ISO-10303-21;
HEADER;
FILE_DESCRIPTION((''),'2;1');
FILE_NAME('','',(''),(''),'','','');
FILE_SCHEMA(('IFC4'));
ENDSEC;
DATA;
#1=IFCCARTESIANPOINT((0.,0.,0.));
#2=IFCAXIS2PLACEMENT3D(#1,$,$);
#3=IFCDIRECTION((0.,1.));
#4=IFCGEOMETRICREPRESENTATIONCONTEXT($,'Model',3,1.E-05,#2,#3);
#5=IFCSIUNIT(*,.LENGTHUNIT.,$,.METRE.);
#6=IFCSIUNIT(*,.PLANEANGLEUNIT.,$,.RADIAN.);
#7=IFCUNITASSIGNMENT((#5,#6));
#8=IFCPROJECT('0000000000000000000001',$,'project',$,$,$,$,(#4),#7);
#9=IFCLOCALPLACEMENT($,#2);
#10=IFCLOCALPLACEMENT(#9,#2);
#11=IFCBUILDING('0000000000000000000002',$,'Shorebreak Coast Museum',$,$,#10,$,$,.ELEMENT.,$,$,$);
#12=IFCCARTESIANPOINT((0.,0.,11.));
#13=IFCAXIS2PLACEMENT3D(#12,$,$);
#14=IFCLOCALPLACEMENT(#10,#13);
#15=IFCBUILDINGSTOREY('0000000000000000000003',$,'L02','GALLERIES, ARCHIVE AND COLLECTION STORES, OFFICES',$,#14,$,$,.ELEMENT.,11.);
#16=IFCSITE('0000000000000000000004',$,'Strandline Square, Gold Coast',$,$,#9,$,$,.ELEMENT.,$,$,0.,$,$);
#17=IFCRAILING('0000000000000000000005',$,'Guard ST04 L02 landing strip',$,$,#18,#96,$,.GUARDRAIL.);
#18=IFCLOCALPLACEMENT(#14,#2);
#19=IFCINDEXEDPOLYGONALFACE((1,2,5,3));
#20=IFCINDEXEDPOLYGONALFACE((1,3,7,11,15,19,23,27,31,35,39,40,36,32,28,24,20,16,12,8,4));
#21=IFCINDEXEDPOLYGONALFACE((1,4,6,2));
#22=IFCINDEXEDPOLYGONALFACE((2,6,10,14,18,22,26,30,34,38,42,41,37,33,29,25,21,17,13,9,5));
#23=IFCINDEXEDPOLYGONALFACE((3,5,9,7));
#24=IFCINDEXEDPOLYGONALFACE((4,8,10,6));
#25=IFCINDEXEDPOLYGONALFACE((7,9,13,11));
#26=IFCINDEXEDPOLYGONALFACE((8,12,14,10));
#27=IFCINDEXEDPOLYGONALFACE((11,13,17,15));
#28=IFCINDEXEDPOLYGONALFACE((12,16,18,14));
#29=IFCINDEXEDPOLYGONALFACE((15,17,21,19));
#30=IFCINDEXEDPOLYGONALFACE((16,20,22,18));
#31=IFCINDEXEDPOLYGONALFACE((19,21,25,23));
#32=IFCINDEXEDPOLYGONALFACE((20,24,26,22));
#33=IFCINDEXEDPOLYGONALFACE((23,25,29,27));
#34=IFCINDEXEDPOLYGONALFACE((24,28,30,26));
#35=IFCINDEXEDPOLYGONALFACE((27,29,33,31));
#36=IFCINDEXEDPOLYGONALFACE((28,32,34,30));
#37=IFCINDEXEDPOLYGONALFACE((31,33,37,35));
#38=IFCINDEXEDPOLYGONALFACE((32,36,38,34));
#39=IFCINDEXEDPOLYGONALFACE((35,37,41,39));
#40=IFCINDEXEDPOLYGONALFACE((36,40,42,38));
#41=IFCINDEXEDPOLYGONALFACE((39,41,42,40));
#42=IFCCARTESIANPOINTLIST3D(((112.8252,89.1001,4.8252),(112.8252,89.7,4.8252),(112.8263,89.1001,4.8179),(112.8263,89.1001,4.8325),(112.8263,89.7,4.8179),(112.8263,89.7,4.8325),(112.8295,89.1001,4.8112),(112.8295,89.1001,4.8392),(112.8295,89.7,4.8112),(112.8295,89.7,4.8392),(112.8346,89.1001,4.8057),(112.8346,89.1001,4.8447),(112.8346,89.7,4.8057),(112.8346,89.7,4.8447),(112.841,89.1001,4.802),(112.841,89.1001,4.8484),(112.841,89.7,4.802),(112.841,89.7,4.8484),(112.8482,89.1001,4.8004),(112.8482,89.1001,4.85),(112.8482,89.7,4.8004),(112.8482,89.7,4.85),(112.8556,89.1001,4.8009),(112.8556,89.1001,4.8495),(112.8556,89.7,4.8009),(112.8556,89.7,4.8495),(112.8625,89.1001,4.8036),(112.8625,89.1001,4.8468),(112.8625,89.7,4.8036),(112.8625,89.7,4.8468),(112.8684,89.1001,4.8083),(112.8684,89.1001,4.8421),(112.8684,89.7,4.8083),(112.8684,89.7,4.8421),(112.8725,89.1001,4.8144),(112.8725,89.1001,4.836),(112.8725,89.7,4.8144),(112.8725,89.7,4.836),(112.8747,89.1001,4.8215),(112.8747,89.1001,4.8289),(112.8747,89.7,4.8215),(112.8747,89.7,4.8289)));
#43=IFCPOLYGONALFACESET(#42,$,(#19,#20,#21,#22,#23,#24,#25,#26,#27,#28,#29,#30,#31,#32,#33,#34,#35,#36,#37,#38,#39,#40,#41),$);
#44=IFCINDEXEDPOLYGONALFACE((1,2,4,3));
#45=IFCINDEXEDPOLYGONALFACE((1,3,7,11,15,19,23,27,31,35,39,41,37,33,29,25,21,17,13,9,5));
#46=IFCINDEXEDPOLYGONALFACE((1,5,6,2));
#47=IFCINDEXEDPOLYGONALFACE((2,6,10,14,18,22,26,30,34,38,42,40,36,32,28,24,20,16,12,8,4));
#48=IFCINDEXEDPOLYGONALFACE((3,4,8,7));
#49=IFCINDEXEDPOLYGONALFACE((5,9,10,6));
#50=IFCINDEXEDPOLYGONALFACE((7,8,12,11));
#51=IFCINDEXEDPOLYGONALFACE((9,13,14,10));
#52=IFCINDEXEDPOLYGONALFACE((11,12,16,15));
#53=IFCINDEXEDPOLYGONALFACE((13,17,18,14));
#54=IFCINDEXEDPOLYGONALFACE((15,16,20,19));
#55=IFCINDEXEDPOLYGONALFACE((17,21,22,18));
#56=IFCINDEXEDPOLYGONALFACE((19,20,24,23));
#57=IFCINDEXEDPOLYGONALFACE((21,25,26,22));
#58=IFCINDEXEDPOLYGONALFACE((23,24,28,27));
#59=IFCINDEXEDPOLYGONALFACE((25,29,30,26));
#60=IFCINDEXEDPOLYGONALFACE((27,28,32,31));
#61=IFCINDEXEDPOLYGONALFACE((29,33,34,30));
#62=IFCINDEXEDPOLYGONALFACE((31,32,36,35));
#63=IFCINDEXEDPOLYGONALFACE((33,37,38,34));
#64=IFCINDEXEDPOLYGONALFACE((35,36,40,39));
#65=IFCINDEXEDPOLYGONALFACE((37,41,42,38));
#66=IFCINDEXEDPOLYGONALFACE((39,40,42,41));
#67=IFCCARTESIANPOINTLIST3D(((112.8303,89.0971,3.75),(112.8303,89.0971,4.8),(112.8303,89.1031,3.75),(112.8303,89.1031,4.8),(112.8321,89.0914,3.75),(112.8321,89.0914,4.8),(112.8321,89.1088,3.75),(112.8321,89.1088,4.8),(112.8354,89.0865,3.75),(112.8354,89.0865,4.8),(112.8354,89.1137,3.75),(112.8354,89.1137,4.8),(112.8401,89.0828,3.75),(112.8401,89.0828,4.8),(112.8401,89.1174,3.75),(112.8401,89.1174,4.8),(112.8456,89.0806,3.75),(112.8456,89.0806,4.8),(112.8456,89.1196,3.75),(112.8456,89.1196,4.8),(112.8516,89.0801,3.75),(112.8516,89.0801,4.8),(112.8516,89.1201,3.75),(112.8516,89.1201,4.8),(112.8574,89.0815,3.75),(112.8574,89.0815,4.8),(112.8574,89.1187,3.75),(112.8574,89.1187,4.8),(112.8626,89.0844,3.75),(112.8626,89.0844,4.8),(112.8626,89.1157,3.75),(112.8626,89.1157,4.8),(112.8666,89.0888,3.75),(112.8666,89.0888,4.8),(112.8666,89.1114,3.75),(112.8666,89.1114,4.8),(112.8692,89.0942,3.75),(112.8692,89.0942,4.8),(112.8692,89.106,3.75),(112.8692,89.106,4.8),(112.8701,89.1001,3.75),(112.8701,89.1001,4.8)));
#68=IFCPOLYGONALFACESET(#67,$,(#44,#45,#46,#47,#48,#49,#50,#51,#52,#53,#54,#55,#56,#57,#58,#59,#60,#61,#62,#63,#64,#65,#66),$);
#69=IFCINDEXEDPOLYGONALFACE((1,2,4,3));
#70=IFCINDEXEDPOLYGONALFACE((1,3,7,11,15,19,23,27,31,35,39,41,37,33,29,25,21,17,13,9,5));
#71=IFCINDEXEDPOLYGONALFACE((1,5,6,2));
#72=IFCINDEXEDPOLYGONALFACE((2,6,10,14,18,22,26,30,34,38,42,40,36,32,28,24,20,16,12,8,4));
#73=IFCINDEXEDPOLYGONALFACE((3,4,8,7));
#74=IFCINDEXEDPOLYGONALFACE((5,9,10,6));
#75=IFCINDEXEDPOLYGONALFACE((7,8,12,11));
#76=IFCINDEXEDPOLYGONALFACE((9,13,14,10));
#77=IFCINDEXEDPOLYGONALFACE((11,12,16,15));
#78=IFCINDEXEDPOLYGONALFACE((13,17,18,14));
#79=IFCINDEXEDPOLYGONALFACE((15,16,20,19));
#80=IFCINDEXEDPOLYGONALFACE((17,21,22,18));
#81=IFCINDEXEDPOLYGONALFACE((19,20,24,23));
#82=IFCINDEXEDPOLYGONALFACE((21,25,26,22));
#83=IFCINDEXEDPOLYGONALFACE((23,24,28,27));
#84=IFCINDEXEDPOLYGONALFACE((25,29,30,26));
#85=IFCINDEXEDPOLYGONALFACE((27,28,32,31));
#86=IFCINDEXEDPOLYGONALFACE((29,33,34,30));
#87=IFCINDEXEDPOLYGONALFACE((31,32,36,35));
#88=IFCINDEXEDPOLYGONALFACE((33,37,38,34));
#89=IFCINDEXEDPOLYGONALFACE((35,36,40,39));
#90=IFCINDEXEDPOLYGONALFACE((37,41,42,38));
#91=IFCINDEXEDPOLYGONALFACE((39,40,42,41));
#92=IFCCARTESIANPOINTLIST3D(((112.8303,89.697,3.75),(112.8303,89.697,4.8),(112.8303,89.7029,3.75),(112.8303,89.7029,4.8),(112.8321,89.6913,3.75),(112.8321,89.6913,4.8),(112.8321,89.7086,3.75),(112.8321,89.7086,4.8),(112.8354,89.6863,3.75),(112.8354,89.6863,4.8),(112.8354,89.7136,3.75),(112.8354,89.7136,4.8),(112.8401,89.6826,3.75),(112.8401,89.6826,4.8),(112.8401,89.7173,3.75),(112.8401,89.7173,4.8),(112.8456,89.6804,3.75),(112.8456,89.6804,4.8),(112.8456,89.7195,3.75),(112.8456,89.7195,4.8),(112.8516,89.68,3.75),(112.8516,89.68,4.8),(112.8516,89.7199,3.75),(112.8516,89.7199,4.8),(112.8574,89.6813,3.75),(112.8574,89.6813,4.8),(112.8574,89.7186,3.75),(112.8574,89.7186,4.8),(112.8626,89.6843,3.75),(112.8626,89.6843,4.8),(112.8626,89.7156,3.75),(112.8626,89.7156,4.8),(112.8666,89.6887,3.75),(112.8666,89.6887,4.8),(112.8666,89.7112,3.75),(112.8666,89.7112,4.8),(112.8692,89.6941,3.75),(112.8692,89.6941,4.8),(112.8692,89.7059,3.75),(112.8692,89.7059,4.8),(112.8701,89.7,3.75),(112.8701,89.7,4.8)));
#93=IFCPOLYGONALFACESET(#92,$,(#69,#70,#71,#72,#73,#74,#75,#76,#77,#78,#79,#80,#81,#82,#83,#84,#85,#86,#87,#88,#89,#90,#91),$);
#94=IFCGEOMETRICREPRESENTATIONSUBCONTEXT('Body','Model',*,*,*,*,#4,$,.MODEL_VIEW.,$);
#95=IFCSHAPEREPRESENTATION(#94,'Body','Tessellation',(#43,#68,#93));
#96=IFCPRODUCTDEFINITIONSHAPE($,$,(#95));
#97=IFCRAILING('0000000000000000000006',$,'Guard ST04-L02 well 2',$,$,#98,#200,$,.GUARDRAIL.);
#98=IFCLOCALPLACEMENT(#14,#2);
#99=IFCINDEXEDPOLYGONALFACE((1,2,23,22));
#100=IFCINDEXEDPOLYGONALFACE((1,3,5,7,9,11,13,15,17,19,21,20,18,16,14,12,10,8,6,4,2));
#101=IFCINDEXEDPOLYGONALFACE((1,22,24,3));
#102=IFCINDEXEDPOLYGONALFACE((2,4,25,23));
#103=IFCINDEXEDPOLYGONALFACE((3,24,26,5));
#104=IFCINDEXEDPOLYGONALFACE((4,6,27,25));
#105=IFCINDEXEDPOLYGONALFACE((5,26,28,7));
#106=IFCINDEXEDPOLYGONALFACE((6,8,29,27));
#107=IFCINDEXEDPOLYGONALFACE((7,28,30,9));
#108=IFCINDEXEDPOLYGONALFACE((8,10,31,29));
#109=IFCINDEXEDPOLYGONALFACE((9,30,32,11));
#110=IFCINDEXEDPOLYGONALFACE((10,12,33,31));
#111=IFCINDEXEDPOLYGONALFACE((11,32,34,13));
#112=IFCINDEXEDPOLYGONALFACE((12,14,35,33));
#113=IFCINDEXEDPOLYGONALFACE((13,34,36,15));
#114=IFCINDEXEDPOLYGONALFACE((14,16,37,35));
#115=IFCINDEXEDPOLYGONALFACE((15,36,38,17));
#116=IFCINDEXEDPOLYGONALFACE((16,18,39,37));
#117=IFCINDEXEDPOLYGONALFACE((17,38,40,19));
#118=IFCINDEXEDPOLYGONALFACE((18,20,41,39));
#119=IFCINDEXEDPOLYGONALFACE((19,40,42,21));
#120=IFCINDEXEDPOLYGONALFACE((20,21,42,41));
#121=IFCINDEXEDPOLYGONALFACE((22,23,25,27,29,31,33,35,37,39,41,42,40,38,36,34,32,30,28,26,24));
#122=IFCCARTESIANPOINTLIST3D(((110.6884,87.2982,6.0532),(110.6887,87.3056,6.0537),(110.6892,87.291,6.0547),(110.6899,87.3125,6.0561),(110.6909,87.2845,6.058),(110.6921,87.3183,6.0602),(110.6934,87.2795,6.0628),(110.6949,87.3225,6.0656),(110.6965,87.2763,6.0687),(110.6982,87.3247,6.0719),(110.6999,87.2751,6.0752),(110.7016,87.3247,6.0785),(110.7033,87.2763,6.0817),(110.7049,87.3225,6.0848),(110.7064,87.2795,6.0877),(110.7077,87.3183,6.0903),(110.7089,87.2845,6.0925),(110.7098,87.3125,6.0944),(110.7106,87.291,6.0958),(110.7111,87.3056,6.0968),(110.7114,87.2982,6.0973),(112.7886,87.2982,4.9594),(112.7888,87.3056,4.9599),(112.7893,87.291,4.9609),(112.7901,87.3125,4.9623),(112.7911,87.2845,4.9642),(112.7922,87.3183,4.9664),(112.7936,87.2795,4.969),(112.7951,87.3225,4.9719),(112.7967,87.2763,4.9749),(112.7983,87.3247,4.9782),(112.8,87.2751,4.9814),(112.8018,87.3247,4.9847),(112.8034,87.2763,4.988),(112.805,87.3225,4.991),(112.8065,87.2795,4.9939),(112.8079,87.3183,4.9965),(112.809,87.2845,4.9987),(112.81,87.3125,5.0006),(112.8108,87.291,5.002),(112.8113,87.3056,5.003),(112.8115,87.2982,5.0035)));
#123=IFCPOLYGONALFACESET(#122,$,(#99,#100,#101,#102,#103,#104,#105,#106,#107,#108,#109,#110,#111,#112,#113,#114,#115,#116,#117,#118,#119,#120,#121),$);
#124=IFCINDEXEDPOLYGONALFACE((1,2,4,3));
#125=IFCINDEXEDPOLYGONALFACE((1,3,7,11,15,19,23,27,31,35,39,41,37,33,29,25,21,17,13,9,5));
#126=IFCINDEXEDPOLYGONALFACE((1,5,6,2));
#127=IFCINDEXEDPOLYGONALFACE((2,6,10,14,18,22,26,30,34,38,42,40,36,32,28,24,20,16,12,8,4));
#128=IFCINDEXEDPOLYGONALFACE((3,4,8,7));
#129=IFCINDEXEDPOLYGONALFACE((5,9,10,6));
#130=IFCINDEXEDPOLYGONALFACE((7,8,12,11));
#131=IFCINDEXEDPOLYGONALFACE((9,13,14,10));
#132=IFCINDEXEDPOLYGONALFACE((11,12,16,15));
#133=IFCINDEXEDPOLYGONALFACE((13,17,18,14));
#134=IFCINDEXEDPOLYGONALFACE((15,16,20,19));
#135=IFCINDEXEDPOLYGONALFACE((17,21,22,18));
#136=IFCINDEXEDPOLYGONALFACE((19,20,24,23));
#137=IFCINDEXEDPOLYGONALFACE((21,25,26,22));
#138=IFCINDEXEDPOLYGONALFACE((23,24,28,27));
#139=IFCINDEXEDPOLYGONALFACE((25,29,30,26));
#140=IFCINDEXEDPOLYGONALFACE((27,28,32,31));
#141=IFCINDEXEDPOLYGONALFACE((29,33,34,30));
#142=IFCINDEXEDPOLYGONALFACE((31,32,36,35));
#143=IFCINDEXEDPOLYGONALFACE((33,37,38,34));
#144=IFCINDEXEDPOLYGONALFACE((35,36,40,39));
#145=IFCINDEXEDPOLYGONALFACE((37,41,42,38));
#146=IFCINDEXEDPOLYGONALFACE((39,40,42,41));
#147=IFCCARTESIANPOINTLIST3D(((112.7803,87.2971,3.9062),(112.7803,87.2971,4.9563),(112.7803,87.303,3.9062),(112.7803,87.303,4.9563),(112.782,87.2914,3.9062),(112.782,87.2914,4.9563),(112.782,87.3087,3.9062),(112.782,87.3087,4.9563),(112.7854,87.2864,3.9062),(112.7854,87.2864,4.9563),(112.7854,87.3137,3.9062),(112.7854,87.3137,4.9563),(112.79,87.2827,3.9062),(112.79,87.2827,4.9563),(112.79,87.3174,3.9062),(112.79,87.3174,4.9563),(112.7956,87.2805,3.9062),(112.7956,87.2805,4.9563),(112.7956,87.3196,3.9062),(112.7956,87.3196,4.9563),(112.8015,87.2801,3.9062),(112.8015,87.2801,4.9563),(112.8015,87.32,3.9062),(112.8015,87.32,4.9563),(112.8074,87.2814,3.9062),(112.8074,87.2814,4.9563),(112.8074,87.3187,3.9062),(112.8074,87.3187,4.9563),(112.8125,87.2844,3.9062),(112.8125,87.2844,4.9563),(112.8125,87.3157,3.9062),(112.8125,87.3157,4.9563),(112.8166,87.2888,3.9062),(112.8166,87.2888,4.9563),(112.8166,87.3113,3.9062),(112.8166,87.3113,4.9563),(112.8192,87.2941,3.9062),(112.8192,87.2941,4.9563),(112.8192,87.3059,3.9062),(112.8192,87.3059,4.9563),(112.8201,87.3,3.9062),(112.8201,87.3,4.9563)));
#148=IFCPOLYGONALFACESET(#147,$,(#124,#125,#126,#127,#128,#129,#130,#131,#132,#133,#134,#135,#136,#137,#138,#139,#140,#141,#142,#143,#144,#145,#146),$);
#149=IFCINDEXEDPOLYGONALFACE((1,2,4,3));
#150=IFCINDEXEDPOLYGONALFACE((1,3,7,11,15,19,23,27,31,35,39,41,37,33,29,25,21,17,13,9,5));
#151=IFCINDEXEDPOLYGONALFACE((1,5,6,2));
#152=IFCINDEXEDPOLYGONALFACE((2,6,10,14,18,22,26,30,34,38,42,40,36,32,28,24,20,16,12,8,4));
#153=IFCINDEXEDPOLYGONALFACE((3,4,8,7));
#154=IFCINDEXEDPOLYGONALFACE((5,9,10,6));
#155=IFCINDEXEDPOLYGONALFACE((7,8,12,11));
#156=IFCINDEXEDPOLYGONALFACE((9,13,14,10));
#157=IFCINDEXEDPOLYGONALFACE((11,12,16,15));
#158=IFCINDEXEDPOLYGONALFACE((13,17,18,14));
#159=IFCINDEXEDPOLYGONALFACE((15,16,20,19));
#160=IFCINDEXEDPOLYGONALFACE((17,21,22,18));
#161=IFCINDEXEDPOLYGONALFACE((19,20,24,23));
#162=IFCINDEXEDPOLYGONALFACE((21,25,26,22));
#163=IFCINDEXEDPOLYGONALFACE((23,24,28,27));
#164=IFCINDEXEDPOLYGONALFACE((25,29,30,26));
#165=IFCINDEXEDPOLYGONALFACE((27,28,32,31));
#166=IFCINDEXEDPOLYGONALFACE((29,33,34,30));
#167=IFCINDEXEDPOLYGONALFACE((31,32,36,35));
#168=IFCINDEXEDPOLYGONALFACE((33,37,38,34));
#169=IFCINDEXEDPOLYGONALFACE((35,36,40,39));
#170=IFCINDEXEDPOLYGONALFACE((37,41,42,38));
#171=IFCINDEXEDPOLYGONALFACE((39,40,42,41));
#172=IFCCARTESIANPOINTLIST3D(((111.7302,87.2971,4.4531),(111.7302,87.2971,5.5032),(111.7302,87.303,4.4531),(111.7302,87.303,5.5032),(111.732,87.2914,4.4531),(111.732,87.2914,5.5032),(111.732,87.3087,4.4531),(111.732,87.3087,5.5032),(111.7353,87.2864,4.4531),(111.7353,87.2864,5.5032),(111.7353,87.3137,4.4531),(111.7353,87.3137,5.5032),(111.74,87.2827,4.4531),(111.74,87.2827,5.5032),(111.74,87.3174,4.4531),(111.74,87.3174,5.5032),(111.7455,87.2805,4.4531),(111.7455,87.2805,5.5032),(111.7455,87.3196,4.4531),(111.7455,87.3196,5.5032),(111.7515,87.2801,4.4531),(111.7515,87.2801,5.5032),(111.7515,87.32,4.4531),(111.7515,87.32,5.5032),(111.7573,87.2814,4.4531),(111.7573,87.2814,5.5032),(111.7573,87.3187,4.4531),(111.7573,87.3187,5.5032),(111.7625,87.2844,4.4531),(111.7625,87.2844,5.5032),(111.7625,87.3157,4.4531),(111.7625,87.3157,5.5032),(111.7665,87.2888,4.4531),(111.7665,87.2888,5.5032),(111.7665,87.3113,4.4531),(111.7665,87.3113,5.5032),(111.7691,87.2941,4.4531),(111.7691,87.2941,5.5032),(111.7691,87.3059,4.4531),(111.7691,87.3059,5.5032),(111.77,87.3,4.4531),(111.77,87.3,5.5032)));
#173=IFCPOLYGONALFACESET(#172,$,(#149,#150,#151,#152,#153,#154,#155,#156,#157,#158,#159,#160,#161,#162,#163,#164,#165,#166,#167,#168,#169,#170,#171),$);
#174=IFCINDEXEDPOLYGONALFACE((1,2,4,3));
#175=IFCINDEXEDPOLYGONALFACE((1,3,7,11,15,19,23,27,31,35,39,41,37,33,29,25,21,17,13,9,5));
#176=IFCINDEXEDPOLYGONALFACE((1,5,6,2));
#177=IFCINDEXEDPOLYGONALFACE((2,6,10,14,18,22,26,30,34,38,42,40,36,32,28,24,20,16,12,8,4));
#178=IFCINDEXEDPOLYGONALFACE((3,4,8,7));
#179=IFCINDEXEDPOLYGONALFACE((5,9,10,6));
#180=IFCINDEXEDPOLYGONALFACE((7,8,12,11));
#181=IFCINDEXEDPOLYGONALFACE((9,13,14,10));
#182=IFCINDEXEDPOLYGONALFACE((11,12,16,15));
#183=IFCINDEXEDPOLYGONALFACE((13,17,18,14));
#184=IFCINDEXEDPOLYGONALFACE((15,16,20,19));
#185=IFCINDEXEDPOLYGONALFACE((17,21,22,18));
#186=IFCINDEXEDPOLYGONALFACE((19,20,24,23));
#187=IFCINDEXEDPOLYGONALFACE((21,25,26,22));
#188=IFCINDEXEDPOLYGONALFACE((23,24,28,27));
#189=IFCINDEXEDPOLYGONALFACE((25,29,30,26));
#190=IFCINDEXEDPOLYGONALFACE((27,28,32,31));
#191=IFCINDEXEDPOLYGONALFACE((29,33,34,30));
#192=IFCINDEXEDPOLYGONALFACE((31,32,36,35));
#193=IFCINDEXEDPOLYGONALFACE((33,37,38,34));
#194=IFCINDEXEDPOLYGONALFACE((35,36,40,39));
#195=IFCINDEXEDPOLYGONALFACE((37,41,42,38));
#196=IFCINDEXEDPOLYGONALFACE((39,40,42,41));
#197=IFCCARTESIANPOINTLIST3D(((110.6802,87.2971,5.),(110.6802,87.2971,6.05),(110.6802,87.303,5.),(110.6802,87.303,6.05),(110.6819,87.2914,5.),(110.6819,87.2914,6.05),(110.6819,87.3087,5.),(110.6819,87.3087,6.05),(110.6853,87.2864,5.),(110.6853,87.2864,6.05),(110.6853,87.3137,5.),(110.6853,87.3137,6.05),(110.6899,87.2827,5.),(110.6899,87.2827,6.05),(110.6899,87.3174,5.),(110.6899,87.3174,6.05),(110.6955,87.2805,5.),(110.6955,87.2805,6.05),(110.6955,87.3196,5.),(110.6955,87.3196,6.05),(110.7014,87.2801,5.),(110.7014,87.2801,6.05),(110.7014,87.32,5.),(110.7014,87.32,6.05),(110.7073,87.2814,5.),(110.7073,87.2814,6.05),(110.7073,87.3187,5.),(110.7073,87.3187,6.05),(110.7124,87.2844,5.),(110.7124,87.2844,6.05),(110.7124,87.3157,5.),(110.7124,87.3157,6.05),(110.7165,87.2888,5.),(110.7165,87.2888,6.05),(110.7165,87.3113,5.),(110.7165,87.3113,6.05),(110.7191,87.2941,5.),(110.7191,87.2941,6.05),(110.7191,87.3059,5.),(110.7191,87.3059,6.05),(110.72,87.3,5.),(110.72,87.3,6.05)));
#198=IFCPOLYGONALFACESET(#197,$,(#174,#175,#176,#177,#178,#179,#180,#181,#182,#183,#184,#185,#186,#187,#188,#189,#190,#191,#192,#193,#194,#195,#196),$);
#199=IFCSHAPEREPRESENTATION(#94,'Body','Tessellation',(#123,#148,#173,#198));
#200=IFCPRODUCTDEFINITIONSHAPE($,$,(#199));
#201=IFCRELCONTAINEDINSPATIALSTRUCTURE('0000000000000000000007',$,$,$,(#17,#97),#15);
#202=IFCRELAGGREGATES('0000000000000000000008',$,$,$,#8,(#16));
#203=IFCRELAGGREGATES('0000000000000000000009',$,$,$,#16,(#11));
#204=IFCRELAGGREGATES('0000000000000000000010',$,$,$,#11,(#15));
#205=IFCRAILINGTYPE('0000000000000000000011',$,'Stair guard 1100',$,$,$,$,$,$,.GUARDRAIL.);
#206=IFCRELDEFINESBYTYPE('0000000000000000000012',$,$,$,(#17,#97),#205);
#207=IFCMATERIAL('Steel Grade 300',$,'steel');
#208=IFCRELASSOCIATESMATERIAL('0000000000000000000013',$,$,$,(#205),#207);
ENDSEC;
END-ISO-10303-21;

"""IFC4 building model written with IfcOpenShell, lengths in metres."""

from ifc_helpers import new_model, si_unit, direction, frame, origin, origin_2d, place, context, subcontext, project, spatial, circle, extrude, material, type_object, element, save


model = new_model("IFC4")

# Units and contexts
model_context = context("Model", 3, precision=1e-05, world=origin(), true_north=direction((0.0, 1.0)))
body_context = subcontext(model_context, "Body", "Model", "MODEL_VIEW")
ifc_project = project(units=[si_unit("LENGTHUNIT", "METRE"), si_unit("PLANEANGLEUNIT", "RADIAN")], contexts=[model_context])

# Site, building, storey
site_placement = place(None, origin())
site = spatial("IfcSite", under=ifc_project, at=site_placement, Name="Strandline Square, Gold Coast", CompositionType="ELEMENT", RefElevation=0.0)
building_placement = place(site_placement, origin())
building = spatial("IfcBuilding", under=site, at=building_placement, Name="Shorebreak Coast Museum", CompositionType="ELEMENT")
storey_placement = place(building_placement, frame((0.0, 0.0, 11.0)))
storey = spatial("IfcBuildingStorey", under=building, at=storey_placement, Name="L02", Description="GALLERIES, ARCHIVE AND COLLECTION STORES, OFFICES", CompositionType="ELEMENT", Elevation=11.0)

# Railings
ifc_material_1 = material(Name="Steel Grade 300", Category="steel")
railing_type_1 = type_object("IfcRailingType", Name="Stair guard 1100", PredefinedType="GUARDRAIL", material=ifc_material_1)
railing_placement = place(storey_placement, frame((112.8501, 89.1001, 3.75)))
element("IfcRailing", 1, at=railing_placement, inside=storey, type_object=railing_type_1, Name="Guard ST04 L02 landing strip", PredefinedType="GUARDRAIL", context=body_context, shape_type="SweptSolid", body=[
    extrude(circle(Radius=0.0249, at=origin_2d()), frame((0.0, 0.0, 1.0752), z_axis=(0.0, 1.0, 0.0), x_axis=(-1.0, 0.0, 0.0)), (0.0, 0.0, 1.0), 0.5999),
    extrude(circle(Radius=0.02, at=origin_2d()), origin(), (0.0, 0.0, 1.0), 1.05),
    extrude(circle(Radius=0.02, at=origin_2d()), frame((0.0, 0.5999, 0.0)), (0.0, 0.0, 1.0), 1.05),
])
for number, where, name in (
    (2, (112.8, 87.3, 3.9062), "Guard ST04-L02 well 2"),
):
    element("IfcRailing", number, at=place(storey_placement, frame(where)), inside=storey, type_object=railing_type_1, Name=name, PredefinedType="GUARDRAIL", context=body_context, shape_type="SweptSolid", body=[
        extrude(circle(Radius=0.0249, at=origin_2d()), frame((0.0, 0.0, 1.0752), z_axis=(-0.886923, 0.0, 0.461918), x_axis=(0.0, -1.0, 0.0)), (0.0, 0.0, 1.0), 2.3679),
        extrude(circle(Radius=0.02, at=origin_2d()), origin(), (0.0, 0.0, 1.0), 1.05),
        extrude(circle(Radius=0.02, at=origin_2d()), frame((-1.05, 0.0, 0.5469)), (0.0, 0.0, 1.0), 1.05),
        extrude(circle(Radius=0.02, at=origin_2d()), frame((-2.1001, 0.0, 1.0938)), (0.0, 0.0, 1.0), 1.05),
    ])

save(model, "model.ifc")
